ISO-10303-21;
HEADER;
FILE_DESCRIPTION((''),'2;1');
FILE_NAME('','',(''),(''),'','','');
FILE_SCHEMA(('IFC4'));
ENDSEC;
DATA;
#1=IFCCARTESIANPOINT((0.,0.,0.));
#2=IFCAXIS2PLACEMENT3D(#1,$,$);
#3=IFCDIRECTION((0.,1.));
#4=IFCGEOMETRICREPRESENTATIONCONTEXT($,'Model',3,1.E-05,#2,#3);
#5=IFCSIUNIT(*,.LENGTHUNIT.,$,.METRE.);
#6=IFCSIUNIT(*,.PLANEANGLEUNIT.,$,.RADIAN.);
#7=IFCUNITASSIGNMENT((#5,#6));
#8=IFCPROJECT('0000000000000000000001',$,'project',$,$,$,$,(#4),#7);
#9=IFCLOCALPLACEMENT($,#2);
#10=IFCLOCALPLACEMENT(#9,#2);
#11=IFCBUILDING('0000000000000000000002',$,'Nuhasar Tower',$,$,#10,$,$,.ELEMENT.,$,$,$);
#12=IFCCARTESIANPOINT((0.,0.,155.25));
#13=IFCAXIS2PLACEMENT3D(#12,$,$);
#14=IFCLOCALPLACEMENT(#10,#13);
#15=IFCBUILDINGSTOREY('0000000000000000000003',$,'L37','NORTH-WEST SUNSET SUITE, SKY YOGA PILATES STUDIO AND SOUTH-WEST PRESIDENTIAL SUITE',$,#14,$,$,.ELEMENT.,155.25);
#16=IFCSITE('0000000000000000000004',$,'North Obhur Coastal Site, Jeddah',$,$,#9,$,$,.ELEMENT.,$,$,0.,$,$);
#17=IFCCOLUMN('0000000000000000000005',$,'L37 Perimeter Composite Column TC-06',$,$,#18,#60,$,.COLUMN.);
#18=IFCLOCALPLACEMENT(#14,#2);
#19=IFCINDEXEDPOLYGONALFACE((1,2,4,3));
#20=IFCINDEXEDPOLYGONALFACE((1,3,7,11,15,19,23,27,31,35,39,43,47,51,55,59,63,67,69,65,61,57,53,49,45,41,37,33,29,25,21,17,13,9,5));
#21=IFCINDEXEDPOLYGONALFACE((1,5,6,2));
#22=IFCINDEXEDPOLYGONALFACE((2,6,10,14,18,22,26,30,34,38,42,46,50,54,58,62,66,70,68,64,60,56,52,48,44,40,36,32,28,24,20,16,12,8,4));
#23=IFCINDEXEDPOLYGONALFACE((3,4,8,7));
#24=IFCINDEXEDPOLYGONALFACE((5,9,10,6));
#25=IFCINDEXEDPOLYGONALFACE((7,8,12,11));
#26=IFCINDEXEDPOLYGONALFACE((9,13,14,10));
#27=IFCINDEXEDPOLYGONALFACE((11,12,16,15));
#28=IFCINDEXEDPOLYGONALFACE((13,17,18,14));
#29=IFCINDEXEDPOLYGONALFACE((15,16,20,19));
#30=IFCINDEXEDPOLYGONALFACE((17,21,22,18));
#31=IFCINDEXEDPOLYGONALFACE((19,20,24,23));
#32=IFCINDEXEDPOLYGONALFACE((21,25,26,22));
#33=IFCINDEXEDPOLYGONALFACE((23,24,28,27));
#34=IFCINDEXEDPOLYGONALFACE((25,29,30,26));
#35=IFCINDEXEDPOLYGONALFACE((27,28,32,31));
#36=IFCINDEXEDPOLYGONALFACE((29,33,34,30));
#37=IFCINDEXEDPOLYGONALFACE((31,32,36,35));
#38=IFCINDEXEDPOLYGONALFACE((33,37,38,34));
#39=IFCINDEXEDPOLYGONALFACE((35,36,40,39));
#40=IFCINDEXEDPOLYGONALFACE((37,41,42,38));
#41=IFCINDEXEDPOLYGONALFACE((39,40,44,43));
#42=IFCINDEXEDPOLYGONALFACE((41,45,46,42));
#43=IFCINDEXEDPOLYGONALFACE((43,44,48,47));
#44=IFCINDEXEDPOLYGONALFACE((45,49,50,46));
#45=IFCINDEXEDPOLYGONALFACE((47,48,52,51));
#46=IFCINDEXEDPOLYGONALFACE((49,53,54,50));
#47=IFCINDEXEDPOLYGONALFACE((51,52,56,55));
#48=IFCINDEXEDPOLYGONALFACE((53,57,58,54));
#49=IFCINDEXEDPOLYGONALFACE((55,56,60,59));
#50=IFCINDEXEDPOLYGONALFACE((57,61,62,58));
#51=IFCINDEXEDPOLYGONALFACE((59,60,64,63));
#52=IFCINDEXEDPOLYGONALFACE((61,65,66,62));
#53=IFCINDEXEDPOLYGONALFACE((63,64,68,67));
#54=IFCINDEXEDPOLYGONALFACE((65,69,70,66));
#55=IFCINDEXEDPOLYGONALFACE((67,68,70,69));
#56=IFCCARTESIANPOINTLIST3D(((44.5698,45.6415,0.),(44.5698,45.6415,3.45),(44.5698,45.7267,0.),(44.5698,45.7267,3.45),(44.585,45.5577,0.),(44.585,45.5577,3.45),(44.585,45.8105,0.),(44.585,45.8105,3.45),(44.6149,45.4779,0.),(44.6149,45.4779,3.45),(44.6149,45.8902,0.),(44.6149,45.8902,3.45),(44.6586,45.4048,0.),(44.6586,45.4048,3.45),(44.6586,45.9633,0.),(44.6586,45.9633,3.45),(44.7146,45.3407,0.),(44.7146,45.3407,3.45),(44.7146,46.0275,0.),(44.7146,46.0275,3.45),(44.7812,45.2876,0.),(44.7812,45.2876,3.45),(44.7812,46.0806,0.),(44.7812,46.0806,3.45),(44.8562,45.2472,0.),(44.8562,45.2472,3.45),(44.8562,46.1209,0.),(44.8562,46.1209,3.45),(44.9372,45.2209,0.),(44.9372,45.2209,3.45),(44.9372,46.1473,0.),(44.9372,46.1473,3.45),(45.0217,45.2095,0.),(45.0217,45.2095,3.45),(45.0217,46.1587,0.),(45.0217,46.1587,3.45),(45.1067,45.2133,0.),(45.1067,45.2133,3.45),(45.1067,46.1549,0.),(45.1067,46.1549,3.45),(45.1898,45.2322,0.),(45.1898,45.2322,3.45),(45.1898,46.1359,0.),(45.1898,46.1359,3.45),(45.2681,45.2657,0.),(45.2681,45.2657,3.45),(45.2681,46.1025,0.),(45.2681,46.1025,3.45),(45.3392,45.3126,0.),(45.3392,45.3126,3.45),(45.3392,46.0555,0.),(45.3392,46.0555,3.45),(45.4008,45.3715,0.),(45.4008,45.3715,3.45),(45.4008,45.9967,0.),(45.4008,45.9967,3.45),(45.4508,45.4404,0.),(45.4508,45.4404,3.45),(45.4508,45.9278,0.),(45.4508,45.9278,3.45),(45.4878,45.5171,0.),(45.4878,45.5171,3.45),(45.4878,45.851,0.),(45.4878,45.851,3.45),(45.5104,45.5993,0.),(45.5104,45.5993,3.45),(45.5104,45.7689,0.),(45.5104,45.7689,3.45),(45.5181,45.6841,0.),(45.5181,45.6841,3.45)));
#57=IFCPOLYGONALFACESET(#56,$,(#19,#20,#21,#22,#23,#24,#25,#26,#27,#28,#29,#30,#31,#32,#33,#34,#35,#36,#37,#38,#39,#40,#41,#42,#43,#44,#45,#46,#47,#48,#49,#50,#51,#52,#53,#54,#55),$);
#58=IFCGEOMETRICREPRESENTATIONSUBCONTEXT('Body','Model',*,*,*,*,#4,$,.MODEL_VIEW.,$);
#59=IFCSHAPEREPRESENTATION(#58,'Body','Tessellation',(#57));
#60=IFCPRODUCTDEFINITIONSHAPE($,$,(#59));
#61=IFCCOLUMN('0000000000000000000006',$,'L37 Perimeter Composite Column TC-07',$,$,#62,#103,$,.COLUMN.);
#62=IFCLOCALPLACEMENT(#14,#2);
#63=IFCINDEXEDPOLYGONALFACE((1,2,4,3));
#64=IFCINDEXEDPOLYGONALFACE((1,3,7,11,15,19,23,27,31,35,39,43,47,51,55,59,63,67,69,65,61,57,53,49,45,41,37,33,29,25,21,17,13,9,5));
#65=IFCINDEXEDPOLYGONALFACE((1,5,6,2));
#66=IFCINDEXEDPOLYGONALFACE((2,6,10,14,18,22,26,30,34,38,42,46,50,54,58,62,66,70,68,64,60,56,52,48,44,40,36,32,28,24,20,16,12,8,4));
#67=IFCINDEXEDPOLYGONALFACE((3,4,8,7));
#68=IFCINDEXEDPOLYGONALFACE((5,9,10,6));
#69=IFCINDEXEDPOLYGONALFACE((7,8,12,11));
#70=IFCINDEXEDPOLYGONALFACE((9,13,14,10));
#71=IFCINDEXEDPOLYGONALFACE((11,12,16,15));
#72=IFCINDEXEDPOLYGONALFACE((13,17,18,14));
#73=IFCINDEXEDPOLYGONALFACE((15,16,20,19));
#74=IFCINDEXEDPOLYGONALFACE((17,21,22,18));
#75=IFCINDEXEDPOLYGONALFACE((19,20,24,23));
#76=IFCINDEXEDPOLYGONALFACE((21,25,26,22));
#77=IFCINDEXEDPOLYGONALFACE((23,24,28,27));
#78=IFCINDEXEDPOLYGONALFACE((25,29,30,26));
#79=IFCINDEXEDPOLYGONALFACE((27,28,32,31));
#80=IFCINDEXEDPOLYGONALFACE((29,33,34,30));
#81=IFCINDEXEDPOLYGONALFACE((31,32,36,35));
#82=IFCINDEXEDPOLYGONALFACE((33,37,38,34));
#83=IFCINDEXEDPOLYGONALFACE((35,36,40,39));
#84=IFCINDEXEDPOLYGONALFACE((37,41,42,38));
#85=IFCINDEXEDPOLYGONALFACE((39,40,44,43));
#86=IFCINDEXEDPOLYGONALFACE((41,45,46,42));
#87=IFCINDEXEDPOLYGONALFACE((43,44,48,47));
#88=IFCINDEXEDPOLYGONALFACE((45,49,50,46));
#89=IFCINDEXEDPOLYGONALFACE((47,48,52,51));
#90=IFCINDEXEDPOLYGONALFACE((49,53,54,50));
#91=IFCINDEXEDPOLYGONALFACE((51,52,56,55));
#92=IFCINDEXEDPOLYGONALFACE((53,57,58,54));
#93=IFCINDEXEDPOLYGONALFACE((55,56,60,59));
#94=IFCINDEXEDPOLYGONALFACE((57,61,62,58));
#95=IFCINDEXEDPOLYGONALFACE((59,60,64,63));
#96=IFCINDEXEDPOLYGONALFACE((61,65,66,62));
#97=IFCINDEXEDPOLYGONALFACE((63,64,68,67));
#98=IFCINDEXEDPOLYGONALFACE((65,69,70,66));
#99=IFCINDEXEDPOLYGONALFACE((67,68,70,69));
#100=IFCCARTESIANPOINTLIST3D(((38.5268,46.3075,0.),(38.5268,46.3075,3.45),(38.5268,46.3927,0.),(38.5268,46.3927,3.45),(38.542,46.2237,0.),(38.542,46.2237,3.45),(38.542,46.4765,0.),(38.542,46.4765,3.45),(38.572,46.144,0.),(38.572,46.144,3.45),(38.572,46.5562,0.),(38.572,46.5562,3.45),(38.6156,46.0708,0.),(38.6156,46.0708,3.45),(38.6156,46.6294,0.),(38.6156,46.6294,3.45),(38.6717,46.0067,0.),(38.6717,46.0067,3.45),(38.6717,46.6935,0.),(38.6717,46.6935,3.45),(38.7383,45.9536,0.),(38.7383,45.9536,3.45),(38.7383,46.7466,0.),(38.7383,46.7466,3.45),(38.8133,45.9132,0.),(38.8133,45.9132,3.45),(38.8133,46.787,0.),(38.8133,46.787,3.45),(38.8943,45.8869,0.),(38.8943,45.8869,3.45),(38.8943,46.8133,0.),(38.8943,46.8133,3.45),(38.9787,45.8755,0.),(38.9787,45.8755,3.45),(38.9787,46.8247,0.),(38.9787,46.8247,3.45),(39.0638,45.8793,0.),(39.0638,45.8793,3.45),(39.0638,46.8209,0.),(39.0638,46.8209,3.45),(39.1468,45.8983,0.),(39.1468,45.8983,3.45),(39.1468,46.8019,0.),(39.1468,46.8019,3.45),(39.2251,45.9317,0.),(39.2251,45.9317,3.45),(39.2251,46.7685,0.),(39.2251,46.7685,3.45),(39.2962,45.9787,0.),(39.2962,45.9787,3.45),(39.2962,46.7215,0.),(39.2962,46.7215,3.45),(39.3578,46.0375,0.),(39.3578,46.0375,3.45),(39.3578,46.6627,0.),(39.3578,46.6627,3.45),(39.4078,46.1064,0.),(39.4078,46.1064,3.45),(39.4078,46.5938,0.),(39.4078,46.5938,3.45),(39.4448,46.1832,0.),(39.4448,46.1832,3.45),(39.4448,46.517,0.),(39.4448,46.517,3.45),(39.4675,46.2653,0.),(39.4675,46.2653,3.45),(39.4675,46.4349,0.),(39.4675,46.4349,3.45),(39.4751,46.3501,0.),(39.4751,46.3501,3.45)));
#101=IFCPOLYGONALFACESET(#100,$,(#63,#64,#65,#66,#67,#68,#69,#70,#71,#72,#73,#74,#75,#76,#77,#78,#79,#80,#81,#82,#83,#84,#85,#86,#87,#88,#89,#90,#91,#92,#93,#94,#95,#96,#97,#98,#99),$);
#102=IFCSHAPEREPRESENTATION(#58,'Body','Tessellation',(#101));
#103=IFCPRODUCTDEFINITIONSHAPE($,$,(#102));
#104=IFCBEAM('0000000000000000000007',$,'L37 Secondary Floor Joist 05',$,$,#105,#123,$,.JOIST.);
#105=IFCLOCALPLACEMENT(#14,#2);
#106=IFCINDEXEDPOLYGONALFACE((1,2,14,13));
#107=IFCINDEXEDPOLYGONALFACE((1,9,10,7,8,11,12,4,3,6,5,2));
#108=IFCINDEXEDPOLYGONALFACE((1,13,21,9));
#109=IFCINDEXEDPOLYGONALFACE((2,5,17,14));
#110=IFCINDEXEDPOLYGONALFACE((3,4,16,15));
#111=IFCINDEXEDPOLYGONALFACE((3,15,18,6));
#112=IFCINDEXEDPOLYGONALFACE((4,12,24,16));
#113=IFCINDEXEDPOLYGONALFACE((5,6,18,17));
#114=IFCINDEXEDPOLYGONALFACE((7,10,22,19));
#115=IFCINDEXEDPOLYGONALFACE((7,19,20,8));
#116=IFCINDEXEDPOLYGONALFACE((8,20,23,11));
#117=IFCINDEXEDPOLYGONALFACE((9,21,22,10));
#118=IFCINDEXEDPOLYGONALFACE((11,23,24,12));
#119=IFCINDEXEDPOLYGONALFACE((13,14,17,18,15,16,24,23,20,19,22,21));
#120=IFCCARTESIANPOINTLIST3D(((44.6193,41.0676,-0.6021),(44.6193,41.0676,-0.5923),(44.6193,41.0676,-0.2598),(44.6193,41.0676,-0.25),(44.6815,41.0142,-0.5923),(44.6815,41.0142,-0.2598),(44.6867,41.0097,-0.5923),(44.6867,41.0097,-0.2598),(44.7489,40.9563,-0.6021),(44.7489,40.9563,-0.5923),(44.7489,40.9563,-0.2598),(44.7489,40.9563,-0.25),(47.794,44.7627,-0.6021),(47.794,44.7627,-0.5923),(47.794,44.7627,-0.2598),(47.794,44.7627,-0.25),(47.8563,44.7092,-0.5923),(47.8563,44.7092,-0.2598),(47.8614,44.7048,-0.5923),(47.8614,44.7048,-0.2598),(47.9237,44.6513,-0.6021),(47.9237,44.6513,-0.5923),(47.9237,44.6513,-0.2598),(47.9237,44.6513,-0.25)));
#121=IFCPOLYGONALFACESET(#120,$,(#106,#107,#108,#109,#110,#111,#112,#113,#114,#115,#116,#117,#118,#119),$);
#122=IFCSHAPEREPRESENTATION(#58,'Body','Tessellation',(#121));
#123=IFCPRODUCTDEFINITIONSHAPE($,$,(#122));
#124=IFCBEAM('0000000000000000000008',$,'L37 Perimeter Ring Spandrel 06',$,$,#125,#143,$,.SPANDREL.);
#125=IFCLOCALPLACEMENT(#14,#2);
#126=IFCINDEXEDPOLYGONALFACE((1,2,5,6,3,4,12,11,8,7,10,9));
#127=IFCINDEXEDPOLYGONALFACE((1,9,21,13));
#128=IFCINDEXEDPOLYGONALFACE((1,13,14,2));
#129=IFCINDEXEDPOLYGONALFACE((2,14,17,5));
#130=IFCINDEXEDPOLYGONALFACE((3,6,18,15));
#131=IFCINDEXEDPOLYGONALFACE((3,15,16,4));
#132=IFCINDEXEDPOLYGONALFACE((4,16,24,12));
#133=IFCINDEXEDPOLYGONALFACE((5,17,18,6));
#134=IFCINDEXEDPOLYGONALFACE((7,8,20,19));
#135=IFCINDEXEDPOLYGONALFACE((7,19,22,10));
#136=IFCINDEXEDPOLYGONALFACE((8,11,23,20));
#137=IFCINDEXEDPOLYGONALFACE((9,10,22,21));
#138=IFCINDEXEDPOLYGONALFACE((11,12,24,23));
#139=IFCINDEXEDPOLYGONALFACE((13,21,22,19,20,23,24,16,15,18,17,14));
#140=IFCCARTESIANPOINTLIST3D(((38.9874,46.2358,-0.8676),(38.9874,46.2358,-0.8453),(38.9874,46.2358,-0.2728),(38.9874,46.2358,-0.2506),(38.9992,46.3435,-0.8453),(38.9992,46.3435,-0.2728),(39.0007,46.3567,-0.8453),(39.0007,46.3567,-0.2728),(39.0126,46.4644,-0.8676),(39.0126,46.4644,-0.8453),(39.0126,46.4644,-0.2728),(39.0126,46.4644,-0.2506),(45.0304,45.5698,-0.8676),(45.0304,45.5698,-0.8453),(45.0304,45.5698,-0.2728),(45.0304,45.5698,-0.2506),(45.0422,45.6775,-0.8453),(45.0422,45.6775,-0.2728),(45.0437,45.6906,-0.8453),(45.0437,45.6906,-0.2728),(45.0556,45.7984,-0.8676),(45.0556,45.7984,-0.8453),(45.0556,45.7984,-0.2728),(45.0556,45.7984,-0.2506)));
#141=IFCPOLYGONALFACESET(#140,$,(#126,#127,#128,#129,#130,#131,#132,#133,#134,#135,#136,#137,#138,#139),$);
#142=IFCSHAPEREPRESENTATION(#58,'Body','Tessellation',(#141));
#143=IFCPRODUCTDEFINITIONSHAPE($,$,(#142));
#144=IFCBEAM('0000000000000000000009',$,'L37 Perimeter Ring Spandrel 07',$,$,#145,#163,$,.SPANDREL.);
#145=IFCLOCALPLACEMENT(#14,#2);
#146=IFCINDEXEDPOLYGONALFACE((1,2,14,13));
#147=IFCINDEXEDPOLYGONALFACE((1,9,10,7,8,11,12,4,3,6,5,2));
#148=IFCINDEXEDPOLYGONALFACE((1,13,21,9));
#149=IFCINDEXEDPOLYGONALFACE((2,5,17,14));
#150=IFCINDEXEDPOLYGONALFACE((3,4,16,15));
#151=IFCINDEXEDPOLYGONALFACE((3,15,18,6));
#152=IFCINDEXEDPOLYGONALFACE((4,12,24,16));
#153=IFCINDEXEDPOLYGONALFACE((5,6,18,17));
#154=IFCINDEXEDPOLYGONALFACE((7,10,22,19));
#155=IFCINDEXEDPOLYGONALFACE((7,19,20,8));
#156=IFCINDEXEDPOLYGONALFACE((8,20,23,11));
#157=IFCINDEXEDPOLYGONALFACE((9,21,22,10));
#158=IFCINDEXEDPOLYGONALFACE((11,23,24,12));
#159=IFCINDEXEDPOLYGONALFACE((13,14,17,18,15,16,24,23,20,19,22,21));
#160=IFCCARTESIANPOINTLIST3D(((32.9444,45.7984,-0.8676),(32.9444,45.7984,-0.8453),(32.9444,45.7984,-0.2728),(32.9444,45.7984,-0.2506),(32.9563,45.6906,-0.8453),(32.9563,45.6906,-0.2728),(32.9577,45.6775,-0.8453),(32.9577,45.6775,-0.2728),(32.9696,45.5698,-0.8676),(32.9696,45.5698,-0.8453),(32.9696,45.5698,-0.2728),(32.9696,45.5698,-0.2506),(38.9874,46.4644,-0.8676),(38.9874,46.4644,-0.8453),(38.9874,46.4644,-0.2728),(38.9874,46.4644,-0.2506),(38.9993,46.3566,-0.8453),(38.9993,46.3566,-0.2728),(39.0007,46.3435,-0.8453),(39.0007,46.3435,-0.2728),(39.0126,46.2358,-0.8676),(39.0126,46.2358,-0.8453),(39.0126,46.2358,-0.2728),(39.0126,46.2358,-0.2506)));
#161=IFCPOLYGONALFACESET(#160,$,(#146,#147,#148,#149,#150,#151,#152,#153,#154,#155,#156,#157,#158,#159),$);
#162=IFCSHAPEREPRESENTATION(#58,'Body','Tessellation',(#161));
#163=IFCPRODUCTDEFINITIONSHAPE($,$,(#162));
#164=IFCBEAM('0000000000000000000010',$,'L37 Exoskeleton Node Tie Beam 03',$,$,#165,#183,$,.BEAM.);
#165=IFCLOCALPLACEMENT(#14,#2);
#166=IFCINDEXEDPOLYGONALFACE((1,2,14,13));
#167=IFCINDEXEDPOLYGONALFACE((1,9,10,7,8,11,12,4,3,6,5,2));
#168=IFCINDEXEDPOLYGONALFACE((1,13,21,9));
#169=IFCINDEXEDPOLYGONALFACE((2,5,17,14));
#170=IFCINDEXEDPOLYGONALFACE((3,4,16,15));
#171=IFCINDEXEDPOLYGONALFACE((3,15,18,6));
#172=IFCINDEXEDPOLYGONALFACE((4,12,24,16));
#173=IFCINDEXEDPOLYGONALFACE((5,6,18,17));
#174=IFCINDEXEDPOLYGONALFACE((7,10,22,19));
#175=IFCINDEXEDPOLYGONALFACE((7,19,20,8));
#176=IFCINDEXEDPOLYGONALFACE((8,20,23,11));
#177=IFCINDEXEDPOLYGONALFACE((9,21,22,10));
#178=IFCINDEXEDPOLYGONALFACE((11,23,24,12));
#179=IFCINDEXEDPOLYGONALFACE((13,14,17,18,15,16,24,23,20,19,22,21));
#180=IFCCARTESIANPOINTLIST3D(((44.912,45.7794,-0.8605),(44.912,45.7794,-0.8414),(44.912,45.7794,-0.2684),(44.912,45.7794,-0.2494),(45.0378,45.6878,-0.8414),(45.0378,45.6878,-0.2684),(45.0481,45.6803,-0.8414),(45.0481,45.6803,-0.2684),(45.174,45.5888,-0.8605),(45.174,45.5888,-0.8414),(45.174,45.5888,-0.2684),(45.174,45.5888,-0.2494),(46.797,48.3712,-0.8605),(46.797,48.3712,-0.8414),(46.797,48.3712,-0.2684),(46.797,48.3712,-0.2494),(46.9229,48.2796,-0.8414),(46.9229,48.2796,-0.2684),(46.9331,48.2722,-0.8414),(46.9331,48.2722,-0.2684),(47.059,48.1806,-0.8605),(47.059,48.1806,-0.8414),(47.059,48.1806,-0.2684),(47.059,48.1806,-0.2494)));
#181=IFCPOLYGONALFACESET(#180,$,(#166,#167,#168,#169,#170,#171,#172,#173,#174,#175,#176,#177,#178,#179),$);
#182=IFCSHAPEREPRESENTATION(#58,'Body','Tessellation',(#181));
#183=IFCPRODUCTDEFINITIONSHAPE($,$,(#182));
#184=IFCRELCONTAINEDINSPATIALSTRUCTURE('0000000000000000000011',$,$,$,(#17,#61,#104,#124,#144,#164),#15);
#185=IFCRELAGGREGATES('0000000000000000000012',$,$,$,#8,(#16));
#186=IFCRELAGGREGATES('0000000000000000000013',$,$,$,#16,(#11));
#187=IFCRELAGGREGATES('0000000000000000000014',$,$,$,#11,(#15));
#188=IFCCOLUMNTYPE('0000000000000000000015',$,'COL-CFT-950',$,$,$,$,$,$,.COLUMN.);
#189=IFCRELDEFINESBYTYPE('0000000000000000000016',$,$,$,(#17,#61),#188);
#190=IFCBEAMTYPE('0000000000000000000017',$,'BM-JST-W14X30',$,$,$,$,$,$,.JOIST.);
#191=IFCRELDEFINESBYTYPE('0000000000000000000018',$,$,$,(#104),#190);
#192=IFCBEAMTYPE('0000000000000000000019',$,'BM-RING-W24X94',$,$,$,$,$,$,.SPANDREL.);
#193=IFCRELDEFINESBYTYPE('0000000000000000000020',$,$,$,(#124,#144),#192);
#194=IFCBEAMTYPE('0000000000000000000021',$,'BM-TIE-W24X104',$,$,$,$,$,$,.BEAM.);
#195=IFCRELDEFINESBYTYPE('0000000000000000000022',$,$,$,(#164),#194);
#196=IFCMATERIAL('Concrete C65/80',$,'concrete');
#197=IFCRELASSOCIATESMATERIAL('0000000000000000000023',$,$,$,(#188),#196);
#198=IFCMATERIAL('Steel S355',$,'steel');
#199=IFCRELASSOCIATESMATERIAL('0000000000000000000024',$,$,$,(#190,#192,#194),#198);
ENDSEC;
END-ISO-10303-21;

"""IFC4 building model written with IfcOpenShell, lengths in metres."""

from ifc_helpers import new_model, si_unit, direction, frame, origin, origin_2d, place, context, subcontext, project, spatial, circle, i_section, extrude, material, material_profile, profile_set, type_object, element, save


model = new_model("IFC4")

# Units and contexts
model_context = context("Model", 3, precision=1e-05, world=origin(), true_north=direction((0.0, 1.0)))
body_context = subcontext(model_context, "Body", "Model", "MODEL_VIEW")
ifc_project = project(units=[si_unit("LENGTHUNIT", "METRE"), si_unit("PLANEANGLEUNIT", "RADIAN")], contexts=[model_context])

# Site, building, storey
site_placement = place(None, origin())
site = spatial("IfcSite", under=ifc_project, at=site_placement, Name="North Obhur Coastal Site, Jeddah", CompositionType="ELEMENT", RefElevation=0.0)
building_placement = place(site_placement, origin())
building = spatial("IfcBuilding", under=site, at=building_placement, Name="Nuhasar Tower", CompositionType="ELEMENT")
storey_placement = place(building_placement, frame((0.0, 0.0, 155.25)))
storey = spatial("IfcBuildingStorey", under=building, at=storey_placement, Name="L37", Description="NORTH-WEST SUNSET SUITE, SKY YOGA PILATES STUDIO AND SOUTH-WEST PRESIDENTIAL SUITE", CompositionType="ELEMENT", Elevation=155.25)

# Columns
ifc_material_1 = material(Name="Concrete C65/80", Category="concrete")
ifc_material_profile_1 = material_profile(ifc_material_1, circle(Radius=0.4751, at=origin_2d()), Name="CFT950")
ifc_profile_set_1 = profile_set([ifc_material_profile_1], Name="Concrete C65/80")
column_type = type_object("IfcColumnType", Name="COL-CFT-950", PredefinedType="COLUMN", material=ifc_profile_set_1)
for number, where, z_axis, x_axis, name in (
    (1, (45.043, 45.6841, 0.0), (0.0, 0.0, 1.0), (1.0, 0.0, 0.0), "L37 Perimeter Composite Column TC-06"),
    (2, (39.0, 46.3501, 0.0), (0.0, 0.0, 1.0), (1.0, 0.0, 0.0), "L37 Perimeter Composite Column TC-07"),
):
    element("IfcColumn", number, at=place(storey_placement, frame(where, z_axis=z_axis, x_axis=x_axis)), inside=storey, type_object=column_type, Name=name, PredefinedType="COLUMN", context=body_context, shape_type="SweptSolid", body=[
        extrude(circle(Radius=0.4751, at=origin_2d()), origin(), (0.0, 0.0, 1.0), 3.45),
    ])

# Beams
ifc_material_2 = material(Name="Steel S355", Category="steel")
ifc_material_profile_2 = material_profile(ifc_material_2, i_section(OverallWidth=0.1709, OverallDepth=0.3521, WebThickness=0.0068, FlangeThickness=0.0098, at=origin_2d()), Name="W14X30")
ifc_profile_set_2 = profile_set([ifc_material_profile_2], Name="Steel S355")
beam_type_1 = type_object("IfcBeamType", Name="BM-JST-W14X30", PredefinedType="JOIST", material=ifc_profile_set_2)
beam_1_placement = place(storey_placement, frame((44.6841, 41.012, -0.426), z_axis=(0.651691, 0.758485, 0.0), x_axis=(-0.758485, 0.651691, 0.0)))
element("IfcBeam", 3, at=beam_1_placement, inside=storey, type_object=beam_type_1, Name="L37 Secondary Floor Joist 05", PredefinedType="JOIST", context=body_context, shape_type="SweptSolid", body=[
    extrude(i_section(OverallWidth=0.1709, OverallDepth=0.3521, WebThickness=0.0068, FlangeThickness=0.0098, at=origin_2d()), origin(), (0.0, 0.0, 1.0), 4.8716),
])
ifc_material_profile_3 = material_profile(ifc_material_2, i_section(OverallWidth=0.23, OverallDepth=0.6169, WebThickness=0.0132, FlangeThickness=0.0222, at=origin_2d()), Name="W24X94")
ifc_profile_set_3 = profile_set([ifc_material_profile_3], Name="Steel S355")
beam_type_2 = type_object("IfcBeamType", Name="BM-RING-W24X94", PredefinedType="SPANDREL", material=ifc_profile_set_3)
for number, where, z_axis, x_axis, name in (
    (4, (45.043, 45.6841, -0.5591), (-0.993981, 0.10955, 0.0), (-0.10955, -0.993981, 0.0), "L37 Perimeter Ring Spandrel 06"),
    (5, (39.0, 46.3501, -0.5591), (-0.993981, -0.10955, 0.0), (0.10955, -0.993981, 0.0), "L37 Perimeter Ring Spandrel 07"),
):
    element("IfcBeam", number, at=place(storey_placement, frame(where, z_axis=z_axis, x_axis=x_axis)), inside=storey, type_object=beam_type_2, Name=name, PredefinedType="SPANDREL", context=body_context, shape_type="SweptSolid", body=[
        extrude(i_section(OverallWidth=0.23, OverallDepth=0.6169, WebThickness=0.0132, FlangeThickness=0.0222, at=origin_2d()), origin(), (0.0, 0.0, 1.0), 6.0796),
    ])
ifc_material_profile_4 = material_profile(ifc_material_2, i_section(OverallWidth=0.324, OverallDepth=0.6111, WebThickness=0.0127, FlangeThickness=0.019, at=origin_2d()), Name="W24X104")
ifc_profile_set_4 = profile_set([ifc_material_profile_4], Name="Steel S355")
beam_type_3 = type_object("IfcBeamType", Name="BM-TIE-W24X104", PredefinedType="BEAM", material=ifc_profile_set_4)
beam_2_placement = place(storey_placement, frame((45.043, 45.6841, -0.5549), z_axis=(0.588185, 0.808726, 0.0), x_axis=(-0.808726, 0.588185, 0.0)))
element("IfcBeam", 6, at=beam_2_placement, inside=storey, type_object=beam_type_3, Name="L37 Exoskeleton Node Tie Beam 03", PredefinedType="BEAM", context=body_context, shape_type="SweptSolid", body=[
    extrude(i_section(OverallWidth=0.324, OverallDepth=0.6111, WebThickness=0.0127, FlangeThickness=0.019, at=origin_2d()), origin(), (0.0, 0.0, 1.0), 3.2048),
])

save(model, "model.ifc")
